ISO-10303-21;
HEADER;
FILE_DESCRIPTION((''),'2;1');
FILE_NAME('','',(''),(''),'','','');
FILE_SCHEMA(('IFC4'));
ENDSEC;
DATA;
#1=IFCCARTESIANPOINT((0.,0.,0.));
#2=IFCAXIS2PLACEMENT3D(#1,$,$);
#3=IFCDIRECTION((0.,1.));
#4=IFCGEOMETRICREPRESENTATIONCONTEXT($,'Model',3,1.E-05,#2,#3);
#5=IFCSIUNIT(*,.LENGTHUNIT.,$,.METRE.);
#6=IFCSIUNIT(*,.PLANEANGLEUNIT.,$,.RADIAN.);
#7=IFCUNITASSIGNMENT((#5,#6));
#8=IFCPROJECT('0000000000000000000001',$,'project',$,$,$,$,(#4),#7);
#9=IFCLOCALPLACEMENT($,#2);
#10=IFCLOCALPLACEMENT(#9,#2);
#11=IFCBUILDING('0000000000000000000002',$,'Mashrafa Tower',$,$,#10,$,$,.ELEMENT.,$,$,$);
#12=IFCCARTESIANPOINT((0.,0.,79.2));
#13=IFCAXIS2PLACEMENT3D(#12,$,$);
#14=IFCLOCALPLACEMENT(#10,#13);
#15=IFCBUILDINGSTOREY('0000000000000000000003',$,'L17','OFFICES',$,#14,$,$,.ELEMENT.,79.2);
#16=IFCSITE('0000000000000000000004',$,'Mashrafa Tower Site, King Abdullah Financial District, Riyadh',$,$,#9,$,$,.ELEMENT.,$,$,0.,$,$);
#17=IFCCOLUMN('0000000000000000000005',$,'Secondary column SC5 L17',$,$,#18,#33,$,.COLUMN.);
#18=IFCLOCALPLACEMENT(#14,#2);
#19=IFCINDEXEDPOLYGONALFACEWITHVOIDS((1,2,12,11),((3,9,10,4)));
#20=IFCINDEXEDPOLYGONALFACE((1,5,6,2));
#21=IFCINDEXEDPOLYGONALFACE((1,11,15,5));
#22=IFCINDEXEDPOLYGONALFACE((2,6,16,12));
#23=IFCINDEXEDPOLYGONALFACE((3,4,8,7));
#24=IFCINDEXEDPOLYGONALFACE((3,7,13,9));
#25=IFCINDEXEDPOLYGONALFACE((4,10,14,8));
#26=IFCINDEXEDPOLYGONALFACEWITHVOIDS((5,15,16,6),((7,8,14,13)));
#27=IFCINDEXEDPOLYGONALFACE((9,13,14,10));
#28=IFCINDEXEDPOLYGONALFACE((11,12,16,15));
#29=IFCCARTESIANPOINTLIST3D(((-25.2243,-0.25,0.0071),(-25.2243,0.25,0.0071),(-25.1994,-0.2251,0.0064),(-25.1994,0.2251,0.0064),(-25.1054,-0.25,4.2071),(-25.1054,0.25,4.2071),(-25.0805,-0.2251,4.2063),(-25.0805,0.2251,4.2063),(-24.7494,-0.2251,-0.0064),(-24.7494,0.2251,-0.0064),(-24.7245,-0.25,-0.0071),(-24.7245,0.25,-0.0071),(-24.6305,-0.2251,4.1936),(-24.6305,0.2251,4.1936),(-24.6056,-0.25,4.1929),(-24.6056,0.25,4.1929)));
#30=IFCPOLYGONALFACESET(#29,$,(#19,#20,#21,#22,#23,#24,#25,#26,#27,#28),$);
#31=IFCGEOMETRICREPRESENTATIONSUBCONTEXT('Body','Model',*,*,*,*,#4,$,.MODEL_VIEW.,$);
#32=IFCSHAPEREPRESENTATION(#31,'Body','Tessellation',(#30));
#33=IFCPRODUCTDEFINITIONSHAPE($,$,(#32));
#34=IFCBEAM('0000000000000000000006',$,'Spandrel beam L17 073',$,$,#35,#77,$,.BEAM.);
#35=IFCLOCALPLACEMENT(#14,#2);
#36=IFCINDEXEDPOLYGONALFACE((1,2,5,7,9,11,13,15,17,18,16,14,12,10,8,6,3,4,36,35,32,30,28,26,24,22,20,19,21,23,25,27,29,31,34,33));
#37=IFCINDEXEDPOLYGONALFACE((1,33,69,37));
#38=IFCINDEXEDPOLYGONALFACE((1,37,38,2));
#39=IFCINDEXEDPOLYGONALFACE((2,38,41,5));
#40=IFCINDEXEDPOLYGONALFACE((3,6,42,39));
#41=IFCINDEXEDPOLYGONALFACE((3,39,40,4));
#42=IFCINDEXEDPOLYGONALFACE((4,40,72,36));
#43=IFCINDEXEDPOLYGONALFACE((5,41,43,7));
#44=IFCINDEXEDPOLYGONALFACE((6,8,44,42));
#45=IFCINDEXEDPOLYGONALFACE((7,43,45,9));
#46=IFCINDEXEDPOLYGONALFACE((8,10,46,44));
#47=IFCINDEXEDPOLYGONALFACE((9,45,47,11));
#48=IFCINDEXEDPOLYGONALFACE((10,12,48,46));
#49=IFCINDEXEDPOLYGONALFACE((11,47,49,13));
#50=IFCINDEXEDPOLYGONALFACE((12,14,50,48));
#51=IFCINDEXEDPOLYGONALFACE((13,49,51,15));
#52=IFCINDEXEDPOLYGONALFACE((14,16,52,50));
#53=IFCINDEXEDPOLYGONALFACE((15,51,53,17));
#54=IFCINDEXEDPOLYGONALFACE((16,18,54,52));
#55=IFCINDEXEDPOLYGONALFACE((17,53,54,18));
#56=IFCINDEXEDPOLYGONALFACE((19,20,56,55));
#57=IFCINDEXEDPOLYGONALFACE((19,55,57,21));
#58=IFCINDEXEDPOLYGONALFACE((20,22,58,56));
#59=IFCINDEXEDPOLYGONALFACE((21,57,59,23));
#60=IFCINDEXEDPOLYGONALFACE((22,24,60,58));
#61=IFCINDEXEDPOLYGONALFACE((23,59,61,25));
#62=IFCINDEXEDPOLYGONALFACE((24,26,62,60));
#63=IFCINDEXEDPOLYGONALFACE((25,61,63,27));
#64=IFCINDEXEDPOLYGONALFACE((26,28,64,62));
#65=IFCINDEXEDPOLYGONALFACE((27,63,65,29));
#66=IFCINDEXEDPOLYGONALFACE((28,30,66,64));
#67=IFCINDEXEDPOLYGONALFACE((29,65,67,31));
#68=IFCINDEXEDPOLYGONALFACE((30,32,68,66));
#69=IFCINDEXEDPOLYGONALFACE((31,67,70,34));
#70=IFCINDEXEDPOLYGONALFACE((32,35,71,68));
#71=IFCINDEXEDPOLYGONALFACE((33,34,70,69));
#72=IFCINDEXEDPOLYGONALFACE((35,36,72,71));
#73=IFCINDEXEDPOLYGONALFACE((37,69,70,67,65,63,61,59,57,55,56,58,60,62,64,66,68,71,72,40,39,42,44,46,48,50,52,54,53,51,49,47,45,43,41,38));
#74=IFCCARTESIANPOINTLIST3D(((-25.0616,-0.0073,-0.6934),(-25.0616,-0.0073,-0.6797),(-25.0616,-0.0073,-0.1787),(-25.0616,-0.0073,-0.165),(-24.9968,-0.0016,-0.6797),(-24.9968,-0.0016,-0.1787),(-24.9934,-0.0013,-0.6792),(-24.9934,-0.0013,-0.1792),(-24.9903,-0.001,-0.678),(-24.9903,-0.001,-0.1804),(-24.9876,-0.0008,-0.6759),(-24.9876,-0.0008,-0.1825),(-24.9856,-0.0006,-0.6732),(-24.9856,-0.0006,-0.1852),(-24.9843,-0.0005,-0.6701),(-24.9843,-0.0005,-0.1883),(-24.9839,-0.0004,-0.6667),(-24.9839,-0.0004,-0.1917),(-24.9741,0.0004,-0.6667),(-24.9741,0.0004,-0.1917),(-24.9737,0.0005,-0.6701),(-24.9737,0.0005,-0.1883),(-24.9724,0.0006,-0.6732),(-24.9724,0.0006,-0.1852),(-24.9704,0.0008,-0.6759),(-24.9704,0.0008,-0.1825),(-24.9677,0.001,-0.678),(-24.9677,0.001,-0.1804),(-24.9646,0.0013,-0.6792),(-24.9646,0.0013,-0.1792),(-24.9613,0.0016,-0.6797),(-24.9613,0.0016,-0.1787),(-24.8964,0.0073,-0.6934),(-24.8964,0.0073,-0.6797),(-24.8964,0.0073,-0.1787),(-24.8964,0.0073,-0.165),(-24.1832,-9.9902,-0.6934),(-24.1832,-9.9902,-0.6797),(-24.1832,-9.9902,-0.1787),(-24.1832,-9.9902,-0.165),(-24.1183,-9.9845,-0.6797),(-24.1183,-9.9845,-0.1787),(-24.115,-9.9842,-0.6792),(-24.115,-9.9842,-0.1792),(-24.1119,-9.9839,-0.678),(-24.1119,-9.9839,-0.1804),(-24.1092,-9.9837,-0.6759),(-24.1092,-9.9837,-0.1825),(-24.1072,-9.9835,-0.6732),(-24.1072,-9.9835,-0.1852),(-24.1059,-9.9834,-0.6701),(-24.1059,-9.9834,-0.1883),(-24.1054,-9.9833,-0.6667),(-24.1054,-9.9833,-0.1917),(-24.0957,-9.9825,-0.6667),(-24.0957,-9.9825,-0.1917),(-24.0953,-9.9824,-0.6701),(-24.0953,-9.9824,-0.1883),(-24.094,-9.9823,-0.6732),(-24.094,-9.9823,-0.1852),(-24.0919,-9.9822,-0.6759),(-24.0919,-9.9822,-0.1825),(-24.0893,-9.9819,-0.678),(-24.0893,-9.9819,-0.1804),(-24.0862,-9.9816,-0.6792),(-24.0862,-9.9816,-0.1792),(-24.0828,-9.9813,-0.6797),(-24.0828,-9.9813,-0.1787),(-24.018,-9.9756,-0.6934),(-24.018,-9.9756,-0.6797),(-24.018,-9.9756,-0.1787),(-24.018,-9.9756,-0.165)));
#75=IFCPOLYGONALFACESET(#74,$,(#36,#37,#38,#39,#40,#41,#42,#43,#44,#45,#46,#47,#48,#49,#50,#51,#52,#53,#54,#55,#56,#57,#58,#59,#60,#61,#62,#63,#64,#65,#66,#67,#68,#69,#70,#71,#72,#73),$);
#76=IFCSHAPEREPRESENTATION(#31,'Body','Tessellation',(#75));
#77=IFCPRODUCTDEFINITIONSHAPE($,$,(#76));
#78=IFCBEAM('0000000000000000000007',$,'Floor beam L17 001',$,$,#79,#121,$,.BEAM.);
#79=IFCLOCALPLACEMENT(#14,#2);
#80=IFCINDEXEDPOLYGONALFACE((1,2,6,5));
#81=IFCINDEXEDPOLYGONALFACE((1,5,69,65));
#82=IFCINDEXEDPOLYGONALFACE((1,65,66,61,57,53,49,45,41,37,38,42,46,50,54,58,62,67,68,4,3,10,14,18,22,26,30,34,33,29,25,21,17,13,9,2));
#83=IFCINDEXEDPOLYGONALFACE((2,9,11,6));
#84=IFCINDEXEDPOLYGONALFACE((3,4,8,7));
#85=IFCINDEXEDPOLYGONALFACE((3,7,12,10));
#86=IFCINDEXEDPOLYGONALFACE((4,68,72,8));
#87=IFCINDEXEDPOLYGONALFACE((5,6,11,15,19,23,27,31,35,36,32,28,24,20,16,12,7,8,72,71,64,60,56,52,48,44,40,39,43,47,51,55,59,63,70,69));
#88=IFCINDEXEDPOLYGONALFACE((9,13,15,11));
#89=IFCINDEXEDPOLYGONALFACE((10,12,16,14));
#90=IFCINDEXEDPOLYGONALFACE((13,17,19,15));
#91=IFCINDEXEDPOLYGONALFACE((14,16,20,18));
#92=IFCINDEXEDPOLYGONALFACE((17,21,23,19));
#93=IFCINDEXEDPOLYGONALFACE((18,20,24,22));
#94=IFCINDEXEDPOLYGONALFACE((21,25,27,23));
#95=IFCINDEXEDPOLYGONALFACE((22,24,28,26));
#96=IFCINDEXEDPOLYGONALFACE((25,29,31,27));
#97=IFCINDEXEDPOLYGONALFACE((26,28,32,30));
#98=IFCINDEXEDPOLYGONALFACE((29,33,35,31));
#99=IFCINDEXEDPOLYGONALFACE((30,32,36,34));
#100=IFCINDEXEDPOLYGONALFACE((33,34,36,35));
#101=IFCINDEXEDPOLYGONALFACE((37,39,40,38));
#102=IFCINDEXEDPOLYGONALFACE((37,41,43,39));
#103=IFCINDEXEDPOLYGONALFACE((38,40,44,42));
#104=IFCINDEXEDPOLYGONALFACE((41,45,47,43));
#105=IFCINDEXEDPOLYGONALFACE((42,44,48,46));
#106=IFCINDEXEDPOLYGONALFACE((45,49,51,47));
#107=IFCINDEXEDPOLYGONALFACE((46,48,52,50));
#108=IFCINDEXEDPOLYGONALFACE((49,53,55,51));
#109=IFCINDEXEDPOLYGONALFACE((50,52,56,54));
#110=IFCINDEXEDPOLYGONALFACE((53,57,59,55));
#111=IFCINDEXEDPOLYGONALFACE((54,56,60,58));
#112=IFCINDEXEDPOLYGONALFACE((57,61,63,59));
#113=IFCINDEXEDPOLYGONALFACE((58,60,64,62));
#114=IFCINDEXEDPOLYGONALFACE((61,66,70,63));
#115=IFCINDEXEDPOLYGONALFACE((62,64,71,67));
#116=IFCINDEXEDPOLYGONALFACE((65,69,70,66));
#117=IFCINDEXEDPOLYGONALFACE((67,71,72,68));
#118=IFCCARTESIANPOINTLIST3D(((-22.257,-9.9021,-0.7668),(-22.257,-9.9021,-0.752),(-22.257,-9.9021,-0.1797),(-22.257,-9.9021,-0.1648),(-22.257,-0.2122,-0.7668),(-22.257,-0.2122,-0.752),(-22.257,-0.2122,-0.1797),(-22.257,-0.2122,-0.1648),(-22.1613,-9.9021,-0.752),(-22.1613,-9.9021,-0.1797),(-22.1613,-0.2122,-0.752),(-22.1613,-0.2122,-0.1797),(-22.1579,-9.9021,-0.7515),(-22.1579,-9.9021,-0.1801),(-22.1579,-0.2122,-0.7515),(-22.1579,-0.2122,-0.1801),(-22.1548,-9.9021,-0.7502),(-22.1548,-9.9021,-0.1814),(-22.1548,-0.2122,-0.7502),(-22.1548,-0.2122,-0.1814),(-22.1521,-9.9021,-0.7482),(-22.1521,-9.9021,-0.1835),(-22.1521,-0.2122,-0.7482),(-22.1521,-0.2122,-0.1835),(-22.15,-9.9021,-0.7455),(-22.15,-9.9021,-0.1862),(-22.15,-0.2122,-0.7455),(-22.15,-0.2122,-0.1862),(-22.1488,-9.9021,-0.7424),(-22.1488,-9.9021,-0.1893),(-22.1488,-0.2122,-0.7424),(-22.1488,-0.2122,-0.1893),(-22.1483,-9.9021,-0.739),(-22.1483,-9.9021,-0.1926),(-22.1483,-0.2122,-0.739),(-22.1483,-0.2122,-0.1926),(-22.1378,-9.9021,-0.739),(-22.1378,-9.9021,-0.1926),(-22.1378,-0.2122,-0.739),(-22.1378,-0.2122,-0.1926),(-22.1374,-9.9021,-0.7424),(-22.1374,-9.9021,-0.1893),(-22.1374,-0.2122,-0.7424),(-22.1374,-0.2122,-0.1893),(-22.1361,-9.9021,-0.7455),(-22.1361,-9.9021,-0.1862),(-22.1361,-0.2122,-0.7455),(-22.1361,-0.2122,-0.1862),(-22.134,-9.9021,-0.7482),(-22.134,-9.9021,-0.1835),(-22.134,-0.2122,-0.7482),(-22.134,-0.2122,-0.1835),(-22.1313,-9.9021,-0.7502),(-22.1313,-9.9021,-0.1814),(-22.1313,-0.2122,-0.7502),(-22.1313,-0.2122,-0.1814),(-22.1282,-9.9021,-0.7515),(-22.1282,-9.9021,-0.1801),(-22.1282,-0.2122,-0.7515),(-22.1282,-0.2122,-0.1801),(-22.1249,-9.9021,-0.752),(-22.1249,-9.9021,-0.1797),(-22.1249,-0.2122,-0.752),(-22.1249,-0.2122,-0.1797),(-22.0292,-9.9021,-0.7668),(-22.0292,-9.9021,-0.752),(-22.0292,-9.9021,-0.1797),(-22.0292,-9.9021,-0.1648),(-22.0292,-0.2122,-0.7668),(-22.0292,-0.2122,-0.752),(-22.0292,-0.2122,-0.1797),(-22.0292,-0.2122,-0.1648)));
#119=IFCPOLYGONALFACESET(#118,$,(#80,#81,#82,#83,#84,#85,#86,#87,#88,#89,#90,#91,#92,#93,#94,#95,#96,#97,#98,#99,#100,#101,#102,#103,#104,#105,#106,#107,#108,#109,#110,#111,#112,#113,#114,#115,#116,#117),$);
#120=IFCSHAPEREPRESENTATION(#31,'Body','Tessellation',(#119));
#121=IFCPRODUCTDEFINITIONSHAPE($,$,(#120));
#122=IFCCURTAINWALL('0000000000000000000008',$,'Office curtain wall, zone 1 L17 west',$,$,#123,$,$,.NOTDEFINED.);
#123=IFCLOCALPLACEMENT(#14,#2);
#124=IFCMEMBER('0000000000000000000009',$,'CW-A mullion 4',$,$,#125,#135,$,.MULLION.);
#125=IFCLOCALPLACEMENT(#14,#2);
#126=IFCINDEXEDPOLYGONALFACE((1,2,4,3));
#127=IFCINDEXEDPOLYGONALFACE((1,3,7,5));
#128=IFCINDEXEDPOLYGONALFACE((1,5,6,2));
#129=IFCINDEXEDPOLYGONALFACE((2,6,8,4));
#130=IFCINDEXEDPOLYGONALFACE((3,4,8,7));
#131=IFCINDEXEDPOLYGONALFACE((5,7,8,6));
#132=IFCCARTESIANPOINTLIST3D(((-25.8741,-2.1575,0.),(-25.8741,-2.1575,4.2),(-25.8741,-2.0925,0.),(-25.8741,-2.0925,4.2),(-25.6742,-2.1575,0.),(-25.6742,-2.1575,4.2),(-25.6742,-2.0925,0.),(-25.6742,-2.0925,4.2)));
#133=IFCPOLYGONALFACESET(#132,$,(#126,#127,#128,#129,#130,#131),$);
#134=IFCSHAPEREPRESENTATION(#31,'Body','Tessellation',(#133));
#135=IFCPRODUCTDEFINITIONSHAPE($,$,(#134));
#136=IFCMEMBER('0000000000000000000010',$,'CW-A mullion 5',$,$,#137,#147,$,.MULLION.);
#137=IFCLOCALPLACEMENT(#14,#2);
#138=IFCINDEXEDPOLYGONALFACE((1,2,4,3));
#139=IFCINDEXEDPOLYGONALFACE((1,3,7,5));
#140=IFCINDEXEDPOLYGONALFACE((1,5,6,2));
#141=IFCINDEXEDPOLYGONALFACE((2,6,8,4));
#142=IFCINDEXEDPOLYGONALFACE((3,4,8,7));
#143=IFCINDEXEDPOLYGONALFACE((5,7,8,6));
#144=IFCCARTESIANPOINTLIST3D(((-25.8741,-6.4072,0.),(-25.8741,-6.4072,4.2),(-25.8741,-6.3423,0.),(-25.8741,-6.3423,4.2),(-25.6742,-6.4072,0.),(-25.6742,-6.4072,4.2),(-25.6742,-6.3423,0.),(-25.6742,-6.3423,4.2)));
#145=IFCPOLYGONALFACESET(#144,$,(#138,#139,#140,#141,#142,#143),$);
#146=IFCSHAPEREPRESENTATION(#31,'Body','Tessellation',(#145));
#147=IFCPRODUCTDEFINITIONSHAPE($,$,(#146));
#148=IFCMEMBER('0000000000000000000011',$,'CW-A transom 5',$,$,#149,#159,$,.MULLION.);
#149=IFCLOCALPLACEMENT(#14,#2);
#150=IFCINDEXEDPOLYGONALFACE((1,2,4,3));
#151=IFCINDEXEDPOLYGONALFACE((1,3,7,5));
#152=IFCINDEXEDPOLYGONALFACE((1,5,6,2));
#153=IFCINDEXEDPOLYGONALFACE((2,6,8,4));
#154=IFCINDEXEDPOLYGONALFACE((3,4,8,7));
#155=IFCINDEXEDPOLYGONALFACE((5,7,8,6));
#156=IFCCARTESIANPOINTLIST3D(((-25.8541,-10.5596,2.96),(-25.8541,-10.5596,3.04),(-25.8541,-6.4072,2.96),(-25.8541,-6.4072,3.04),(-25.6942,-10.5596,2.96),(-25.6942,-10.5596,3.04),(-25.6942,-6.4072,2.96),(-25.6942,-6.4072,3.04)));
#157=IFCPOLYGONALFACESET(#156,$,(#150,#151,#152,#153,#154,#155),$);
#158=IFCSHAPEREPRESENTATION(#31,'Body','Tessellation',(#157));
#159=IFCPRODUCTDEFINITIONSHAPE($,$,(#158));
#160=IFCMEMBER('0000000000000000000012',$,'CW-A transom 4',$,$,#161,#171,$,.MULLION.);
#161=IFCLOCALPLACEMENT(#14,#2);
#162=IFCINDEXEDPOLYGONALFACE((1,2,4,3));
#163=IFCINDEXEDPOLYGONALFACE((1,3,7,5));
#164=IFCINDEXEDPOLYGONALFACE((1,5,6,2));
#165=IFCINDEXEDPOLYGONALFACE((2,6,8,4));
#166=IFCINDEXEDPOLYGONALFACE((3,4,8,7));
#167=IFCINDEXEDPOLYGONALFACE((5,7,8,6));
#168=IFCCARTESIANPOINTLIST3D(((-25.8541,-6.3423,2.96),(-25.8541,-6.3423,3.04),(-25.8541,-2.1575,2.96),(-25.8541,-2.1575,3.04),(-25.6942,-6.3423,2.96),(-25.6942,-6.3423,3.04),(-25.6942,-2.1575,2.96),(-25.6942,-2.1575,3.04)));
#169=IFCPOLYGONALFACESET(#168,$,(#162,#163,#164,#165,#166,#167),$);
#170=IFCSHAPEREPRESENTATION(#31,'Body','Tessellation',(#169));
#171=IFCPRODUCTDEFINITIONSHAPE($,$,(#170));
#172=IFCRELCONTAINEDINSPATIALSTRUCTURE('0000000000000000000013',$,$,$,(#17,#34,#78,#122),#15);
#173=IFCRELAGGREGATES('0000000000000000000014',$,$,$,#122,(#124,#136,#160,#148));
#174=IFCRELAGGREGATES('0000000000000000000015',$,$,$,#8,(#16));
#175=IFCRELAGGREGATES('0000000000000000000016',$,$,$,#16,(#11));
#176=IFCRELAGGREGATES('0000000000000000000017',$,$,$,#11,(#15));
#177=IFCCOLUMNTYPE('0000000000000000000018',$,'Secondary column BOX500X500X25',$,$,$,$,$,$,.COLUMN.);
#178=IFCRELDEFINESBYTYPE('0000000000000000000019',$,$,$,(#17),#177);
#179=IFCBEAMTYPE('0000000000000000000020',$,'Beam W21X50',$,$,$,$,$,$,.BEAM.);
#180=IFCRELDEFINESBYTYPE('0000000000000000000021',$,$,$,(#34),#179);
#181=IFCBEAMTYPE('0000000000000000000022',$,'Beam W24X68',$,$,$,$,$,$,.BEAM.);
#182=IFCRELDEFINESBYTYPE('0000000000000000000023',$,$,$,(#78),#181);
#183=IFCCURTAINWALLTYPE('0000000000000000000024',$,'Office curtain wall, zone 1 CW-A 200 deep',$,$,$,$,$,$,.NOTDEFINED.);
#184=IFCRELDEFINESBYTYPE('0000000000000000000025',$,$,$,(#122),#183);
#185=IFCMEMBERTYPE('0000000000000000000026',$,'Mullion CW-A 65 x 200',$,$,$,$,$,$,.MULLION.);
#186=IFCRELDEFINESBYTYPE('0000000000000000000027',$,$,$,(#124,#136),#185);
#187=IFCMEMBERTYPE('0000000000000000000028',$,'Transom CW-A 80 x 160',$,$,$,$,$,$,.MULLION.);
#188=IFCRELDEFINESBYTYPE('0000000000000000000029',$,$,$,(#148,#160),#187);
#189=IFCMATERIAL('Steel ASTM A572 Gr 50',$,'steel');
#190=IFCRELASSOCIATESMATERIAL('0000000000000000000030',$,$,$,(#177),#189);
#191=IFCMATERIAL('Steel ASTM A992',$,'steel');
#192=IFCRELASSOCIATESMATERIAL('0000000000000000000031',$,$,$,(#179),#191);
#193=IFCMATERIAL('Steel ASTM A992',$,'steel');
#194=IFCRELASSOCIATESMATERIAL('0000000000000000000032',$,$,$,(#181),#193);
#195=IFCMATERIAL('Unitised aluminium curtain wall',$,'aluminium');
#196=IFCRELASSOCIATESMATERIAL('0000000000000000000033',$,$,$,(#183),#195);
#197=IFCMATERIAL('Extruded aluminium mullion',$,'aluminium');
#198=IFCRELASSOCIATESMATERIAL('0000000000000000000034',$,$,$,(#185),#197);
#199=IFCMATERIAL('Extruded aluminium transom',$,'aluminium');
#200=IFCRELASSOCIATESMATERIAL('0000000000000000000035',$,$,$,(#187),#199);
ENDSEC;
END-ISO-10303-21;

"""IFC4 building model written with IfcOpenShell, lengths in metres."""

from ifc_helpers import new_model, si_unit, direction, frame, origin, origin_2d, place, context, subcontext, project, spatial, rectangle, hollow_rectangle, i_section, extrude, source, transform, mapped, material, material_profile, profile_set, type_object, type_shapes, element, aggregate, save


model = new_model("IFC4")

# Units and contexts
model_context = context("Model", 3, precision=1e-05, world=origin(), true_north=direction((0.0, 1.0)))
body_context = subcontext(model_context, "Body", "Model", "MODEL_VIEW")
ifc_project = project(units=[si_unit("LENGTHUNIT", "METRE"), si_unit("PLANEANGLEUNIT", "RADIAN")], contexts=[model_context])

# Site, building, storey
site_placement = place(None, origin())
site = spatial("IfcSite", under=ifc_project, at=site_placement, Name="Mashrafa Tower Site, King Abdullah Financial District, Riyadh", CompositionType="ELEMENT", RefElevation=0.0)
building_placement = place(site_placement, origin())
building = spatial("IfcBuilding", under=site, at=building_placement, Name="Mashrafa Tower", CompositionType="ELEMENT")
storey_placement = place(building_placement, frame((0.0, 0.0, 79.2)))
storey = spatial("IfcBuildingStorey", under=building, at=storey_placement, Name="L17", Description="OFFICES", CompositionType="ELEMENT", Elevation=79.2)

# Column
ifc_material_1 = material(Name="Steel ASTM A572 Gr 50", Category="steel")
ifc_material_profile_1 = material_profile(ifc_material_1, hollow_rectangle(XDim=0.5, YDim=0.5, WallThickness=0.0249, at=origin_2d()), Name="BOX500X500X25")
ifc_profile_set_1 = profile_set([ifc_material_profile_1], Name="Steel ASTM A572 Gr 50")
column_type = type_object("IfcColumnType", Name="Secondary column BOX500X500X25", PredefinedType="COLUMN", material=ifc_profile_set_1)
column_placement = place(storey_placement, frame((-24.9744, 0.0, 0.0), z_axis=(0.028298, 0.0, 0.9996), x_axis=(0.0, 1.0, 0.0)))
element("IfcColumn", 1, at=column_placement, inside=storey, type_object=column_type, Name="Secondary column SC5 L17", PredefinedType="COLUMN", context=body_context, shape_type="SweptSolid", body=[
    extrude(hollow_rectangle(XDim=0.5, YDim=0.5, WallThickness=0.0249, at=origin_2d()), origin(), (0.0, 0.0, 1.0), 4.2017),
])

# Beams
ifc_material_2 = material(Name="Steel ASTM A992", Category="steel")
ifc_material_profile_2 = material_profile(ifc_material_2, i_section(OverallWidth=0.1658, OverallDepth=0.5283, WebThickness=0.0098, FlangeThickness=0.0137, FilletRadius=0.0129, at=origin_2d()), Name="W21X50")
ifc_profile_set_2 = profile_set([ifc_material_profile_2], Name="Steel ASTM A992")
beam_type_1 = type_object("IfcBeamType", Name="Beam W21X50", PredefinedType="BEAM", material=ifc_profile_set_2)
beam_1_placement = place(storey_placement, frame((-24.979, 0.0, -0.4292), z_axis=(0.087653, -0.996151, 0.0), x_axis=(0.996151, 0.087653, 0.0)))
element("IfcBeam", 2, at=beam_1_placement, inside=storey, type_object=beam_type_1, Name="Spandrel beam L17 073", PredefinedType="BEAM", context=body_context, shape_type="SweptSolid", body=[
    extrude(i_section(OverallWidth=0.1658, OverallDepth=0.5283, WebThickness=0.0098, FlangeThickness=0.0137, FilletRadius=0.0129, at=origin_2d()), origin(), (0.0, 0.0, 1.0), 10.0215),
])
ifc_material_3 = material(Name="Steel ASTM A992", Category="steel")
ifc_material_profile_3 = material_profile(ifc_material_3, i_section(OverallWidth=0.2278, OverallDepth=0.6021, WebThickness=0.0105, FlangeThickness=0.0149, FilletRadius=0.0129, at=origin_2d()), Name="W24X68")
ifc_profile_set_3 = profile_set([ifc_material_profile_3], Name="Steel ASTM A992")
beam_type_2 = type_object("IfcBeamType", Name="Beam W24X68", PredefinedType="BEAM", material=ifc_profile_set_3)
beam_2_placement = place(storey_placement, frame((-22.1431, -9.9021, -0.4658), z_axis=(0.0, 1.0, 0.0), x_axis=(-1.0, 0.0, 0.0)))
element("IfcBeam", 3, at=beam_2_placement, inside=storey, type_object=beam_type_2, Name="Floor beam L17 001", PredefinedType="BEAM", context=body_context, shape_type="SweptSolid", body=[
    extrude(i_section(OverallWidth=0.2278, OverallDepth=0.6021, WebThickness=0.0105, FlangeThickness=0.0149, FilletRadius=0.0129, at=origin_2d()), origin(), (0.0, 0.0, 1.0), 9.6899),
])

# Curtain wall, members
ifc_material_4 = material(Name="Unitised aluminium curtain wall", Category="aluminium")
curtain_wall_type = type_object("IfcCurtainWallType", Name="Office curtain wall, zone 1 CW-A 200 deep", PredefinedType="NOTDEFINED", material=ifc_material_4)
curtain_wall_placement = place(storey_placement, origin())
curtain_wall = element("IfcCurtainWall", 4, at=curtain_wall_placement, inside=storey, type_object=curtain_wall_type, Name="Office curtain wall, zone 1 L17 west", PredefinedType="NOTDEFINED")
ifc_material_5 = material(Name="Extruded aluminium mullion", Category="aluminium")
ifc_material_profile_4 = material_profile(ifc_material_5, rectangle(XDim=0.2, YDim=0.0649, at=origin_2d()), Name="Mullion 65x200")
ifc_profile_set_4 = profile_set([ifc_material_profile_4], Name="Extruded aluminium mullion")
member_type_1 = type_object("IfcMemberType", Name="Mullion CW-A 65 x 200", PredefinedType="MULLION", material=ifc_profile_set_4)
shared_shape_1 = source(origin(), body_context, "Body", "SweptSolid", [
    extrude(rectangle(XDim=0.2, YDim=0.0649, at=origin_2d()), origin(), (0.0, 0.0, 1.0), 4.2),
])
type_shapes(member_type_1, [shared_shape_1])
member_1_placement = place(storey_placement, frame((-25.7742, -2.125, 0.0), z_axis=(0.0, 0.0, 1.0), x_axis=(1.0, 0.0, 0.0)))
member_1 = element("IfcMember", 5, at=member_1_placement, type_object=member_type_1, Name="CW-A mullion 4", PredefinedType="MULLION", context=body_context, shape_type="MappedRepresentation", body=[
    mapped(shared_shape_1, transform((0.0, 0.0, 0.0))),
])
member_2_placement = place(storey_placement, frame((-25.7742, -6.3748, 0.0), z_axis=(0.0, 0.0, 1.0), x_axis=(1.0, 0.0, 0.0)))
member_2 = element("IfcMember", 6, at=member_2_placement, type_object=member_type_1, Name="CW-A mullion 5", PredefinedType="MULLION", context=body_context, shape_type="MappedRepresentation", body=[
    mapped(shared_shape_1, transform((0.0, 0.0, 0.0))),
])
ifc_material_6 = material(Name="Extruded aluminium transom", Category="aluminium")
ifc_material_profile_5 = material_profile(ifc_material_6, rectangle(XDim=0.1599, YDim=0.0801, at=origin_2d()), Name="Transom 80x160")
ifc_profile_set_5 = profile_set([ifc_material_profile_5], Name="Extruded aluminium transom")
member_type_2 = type_object("IfcMemberType", Name="Transom CW-A 80 x 160", PredefinedType="MULLION", material=ifc_profile_set_5)
shared_shape_2 = source(origin(), body_context, "Body", "SweptSolid", [
    extrude(rectangle(XDim=0.1599, YDim=0.0801, at=origin_2d()), origin(), (0.0, 0.0, 1.0), 4.1523),
])
member_3_placement = place(storey_placement, frame((-25.7742, -6.4072, 3.0), z_axis=(0.0, -1.0, 0.0), x_axis=(1.0, 0.0, 0.0)))
member_3 = element("IfcMember", 7, at=member_3_placement, type_object=member_type_2, Name="CW-A transom 5", PredefinedType="MULLION", context=body_context, shape_type="MappedRepresentation", body=[
    mapped(shared_shape_2, transform((0.0, 0.0, 0.0))),
])
shared_shape_3 = source(origin(), body_context, "Body", "SweptSolid", [
    extrude(rectangle(XDim=0.1599, YDim=0.0801, at=origin_2d()), origin(), (0.0, 0.0, 1.0), 4.1848),
])
type_shapes(member_type_2, [shared_shape_2, shared_shape_3])
member_4_placement = place(storey_placement, frame((-25.7742, -2.1575, 3.0), z_axis=(0.0, -1.0, 0.0), x_axis=(1.0, 0.0, 0.0)))
member_4 = element("IfcMember", 8, at=member_4_placement, type_object=member_type_2, Name="CW-A transom 4", PredefinedType="MULLION", context=body_context, shape_type="MappedRepresentation", body=[
    mapped(shared_shape_3, transform((0.0, 0.0, 0.0))),
])
aggregate(curtain_wall, [member_1, member_2, member_4, member_3])

save(model, "model.ifc")
